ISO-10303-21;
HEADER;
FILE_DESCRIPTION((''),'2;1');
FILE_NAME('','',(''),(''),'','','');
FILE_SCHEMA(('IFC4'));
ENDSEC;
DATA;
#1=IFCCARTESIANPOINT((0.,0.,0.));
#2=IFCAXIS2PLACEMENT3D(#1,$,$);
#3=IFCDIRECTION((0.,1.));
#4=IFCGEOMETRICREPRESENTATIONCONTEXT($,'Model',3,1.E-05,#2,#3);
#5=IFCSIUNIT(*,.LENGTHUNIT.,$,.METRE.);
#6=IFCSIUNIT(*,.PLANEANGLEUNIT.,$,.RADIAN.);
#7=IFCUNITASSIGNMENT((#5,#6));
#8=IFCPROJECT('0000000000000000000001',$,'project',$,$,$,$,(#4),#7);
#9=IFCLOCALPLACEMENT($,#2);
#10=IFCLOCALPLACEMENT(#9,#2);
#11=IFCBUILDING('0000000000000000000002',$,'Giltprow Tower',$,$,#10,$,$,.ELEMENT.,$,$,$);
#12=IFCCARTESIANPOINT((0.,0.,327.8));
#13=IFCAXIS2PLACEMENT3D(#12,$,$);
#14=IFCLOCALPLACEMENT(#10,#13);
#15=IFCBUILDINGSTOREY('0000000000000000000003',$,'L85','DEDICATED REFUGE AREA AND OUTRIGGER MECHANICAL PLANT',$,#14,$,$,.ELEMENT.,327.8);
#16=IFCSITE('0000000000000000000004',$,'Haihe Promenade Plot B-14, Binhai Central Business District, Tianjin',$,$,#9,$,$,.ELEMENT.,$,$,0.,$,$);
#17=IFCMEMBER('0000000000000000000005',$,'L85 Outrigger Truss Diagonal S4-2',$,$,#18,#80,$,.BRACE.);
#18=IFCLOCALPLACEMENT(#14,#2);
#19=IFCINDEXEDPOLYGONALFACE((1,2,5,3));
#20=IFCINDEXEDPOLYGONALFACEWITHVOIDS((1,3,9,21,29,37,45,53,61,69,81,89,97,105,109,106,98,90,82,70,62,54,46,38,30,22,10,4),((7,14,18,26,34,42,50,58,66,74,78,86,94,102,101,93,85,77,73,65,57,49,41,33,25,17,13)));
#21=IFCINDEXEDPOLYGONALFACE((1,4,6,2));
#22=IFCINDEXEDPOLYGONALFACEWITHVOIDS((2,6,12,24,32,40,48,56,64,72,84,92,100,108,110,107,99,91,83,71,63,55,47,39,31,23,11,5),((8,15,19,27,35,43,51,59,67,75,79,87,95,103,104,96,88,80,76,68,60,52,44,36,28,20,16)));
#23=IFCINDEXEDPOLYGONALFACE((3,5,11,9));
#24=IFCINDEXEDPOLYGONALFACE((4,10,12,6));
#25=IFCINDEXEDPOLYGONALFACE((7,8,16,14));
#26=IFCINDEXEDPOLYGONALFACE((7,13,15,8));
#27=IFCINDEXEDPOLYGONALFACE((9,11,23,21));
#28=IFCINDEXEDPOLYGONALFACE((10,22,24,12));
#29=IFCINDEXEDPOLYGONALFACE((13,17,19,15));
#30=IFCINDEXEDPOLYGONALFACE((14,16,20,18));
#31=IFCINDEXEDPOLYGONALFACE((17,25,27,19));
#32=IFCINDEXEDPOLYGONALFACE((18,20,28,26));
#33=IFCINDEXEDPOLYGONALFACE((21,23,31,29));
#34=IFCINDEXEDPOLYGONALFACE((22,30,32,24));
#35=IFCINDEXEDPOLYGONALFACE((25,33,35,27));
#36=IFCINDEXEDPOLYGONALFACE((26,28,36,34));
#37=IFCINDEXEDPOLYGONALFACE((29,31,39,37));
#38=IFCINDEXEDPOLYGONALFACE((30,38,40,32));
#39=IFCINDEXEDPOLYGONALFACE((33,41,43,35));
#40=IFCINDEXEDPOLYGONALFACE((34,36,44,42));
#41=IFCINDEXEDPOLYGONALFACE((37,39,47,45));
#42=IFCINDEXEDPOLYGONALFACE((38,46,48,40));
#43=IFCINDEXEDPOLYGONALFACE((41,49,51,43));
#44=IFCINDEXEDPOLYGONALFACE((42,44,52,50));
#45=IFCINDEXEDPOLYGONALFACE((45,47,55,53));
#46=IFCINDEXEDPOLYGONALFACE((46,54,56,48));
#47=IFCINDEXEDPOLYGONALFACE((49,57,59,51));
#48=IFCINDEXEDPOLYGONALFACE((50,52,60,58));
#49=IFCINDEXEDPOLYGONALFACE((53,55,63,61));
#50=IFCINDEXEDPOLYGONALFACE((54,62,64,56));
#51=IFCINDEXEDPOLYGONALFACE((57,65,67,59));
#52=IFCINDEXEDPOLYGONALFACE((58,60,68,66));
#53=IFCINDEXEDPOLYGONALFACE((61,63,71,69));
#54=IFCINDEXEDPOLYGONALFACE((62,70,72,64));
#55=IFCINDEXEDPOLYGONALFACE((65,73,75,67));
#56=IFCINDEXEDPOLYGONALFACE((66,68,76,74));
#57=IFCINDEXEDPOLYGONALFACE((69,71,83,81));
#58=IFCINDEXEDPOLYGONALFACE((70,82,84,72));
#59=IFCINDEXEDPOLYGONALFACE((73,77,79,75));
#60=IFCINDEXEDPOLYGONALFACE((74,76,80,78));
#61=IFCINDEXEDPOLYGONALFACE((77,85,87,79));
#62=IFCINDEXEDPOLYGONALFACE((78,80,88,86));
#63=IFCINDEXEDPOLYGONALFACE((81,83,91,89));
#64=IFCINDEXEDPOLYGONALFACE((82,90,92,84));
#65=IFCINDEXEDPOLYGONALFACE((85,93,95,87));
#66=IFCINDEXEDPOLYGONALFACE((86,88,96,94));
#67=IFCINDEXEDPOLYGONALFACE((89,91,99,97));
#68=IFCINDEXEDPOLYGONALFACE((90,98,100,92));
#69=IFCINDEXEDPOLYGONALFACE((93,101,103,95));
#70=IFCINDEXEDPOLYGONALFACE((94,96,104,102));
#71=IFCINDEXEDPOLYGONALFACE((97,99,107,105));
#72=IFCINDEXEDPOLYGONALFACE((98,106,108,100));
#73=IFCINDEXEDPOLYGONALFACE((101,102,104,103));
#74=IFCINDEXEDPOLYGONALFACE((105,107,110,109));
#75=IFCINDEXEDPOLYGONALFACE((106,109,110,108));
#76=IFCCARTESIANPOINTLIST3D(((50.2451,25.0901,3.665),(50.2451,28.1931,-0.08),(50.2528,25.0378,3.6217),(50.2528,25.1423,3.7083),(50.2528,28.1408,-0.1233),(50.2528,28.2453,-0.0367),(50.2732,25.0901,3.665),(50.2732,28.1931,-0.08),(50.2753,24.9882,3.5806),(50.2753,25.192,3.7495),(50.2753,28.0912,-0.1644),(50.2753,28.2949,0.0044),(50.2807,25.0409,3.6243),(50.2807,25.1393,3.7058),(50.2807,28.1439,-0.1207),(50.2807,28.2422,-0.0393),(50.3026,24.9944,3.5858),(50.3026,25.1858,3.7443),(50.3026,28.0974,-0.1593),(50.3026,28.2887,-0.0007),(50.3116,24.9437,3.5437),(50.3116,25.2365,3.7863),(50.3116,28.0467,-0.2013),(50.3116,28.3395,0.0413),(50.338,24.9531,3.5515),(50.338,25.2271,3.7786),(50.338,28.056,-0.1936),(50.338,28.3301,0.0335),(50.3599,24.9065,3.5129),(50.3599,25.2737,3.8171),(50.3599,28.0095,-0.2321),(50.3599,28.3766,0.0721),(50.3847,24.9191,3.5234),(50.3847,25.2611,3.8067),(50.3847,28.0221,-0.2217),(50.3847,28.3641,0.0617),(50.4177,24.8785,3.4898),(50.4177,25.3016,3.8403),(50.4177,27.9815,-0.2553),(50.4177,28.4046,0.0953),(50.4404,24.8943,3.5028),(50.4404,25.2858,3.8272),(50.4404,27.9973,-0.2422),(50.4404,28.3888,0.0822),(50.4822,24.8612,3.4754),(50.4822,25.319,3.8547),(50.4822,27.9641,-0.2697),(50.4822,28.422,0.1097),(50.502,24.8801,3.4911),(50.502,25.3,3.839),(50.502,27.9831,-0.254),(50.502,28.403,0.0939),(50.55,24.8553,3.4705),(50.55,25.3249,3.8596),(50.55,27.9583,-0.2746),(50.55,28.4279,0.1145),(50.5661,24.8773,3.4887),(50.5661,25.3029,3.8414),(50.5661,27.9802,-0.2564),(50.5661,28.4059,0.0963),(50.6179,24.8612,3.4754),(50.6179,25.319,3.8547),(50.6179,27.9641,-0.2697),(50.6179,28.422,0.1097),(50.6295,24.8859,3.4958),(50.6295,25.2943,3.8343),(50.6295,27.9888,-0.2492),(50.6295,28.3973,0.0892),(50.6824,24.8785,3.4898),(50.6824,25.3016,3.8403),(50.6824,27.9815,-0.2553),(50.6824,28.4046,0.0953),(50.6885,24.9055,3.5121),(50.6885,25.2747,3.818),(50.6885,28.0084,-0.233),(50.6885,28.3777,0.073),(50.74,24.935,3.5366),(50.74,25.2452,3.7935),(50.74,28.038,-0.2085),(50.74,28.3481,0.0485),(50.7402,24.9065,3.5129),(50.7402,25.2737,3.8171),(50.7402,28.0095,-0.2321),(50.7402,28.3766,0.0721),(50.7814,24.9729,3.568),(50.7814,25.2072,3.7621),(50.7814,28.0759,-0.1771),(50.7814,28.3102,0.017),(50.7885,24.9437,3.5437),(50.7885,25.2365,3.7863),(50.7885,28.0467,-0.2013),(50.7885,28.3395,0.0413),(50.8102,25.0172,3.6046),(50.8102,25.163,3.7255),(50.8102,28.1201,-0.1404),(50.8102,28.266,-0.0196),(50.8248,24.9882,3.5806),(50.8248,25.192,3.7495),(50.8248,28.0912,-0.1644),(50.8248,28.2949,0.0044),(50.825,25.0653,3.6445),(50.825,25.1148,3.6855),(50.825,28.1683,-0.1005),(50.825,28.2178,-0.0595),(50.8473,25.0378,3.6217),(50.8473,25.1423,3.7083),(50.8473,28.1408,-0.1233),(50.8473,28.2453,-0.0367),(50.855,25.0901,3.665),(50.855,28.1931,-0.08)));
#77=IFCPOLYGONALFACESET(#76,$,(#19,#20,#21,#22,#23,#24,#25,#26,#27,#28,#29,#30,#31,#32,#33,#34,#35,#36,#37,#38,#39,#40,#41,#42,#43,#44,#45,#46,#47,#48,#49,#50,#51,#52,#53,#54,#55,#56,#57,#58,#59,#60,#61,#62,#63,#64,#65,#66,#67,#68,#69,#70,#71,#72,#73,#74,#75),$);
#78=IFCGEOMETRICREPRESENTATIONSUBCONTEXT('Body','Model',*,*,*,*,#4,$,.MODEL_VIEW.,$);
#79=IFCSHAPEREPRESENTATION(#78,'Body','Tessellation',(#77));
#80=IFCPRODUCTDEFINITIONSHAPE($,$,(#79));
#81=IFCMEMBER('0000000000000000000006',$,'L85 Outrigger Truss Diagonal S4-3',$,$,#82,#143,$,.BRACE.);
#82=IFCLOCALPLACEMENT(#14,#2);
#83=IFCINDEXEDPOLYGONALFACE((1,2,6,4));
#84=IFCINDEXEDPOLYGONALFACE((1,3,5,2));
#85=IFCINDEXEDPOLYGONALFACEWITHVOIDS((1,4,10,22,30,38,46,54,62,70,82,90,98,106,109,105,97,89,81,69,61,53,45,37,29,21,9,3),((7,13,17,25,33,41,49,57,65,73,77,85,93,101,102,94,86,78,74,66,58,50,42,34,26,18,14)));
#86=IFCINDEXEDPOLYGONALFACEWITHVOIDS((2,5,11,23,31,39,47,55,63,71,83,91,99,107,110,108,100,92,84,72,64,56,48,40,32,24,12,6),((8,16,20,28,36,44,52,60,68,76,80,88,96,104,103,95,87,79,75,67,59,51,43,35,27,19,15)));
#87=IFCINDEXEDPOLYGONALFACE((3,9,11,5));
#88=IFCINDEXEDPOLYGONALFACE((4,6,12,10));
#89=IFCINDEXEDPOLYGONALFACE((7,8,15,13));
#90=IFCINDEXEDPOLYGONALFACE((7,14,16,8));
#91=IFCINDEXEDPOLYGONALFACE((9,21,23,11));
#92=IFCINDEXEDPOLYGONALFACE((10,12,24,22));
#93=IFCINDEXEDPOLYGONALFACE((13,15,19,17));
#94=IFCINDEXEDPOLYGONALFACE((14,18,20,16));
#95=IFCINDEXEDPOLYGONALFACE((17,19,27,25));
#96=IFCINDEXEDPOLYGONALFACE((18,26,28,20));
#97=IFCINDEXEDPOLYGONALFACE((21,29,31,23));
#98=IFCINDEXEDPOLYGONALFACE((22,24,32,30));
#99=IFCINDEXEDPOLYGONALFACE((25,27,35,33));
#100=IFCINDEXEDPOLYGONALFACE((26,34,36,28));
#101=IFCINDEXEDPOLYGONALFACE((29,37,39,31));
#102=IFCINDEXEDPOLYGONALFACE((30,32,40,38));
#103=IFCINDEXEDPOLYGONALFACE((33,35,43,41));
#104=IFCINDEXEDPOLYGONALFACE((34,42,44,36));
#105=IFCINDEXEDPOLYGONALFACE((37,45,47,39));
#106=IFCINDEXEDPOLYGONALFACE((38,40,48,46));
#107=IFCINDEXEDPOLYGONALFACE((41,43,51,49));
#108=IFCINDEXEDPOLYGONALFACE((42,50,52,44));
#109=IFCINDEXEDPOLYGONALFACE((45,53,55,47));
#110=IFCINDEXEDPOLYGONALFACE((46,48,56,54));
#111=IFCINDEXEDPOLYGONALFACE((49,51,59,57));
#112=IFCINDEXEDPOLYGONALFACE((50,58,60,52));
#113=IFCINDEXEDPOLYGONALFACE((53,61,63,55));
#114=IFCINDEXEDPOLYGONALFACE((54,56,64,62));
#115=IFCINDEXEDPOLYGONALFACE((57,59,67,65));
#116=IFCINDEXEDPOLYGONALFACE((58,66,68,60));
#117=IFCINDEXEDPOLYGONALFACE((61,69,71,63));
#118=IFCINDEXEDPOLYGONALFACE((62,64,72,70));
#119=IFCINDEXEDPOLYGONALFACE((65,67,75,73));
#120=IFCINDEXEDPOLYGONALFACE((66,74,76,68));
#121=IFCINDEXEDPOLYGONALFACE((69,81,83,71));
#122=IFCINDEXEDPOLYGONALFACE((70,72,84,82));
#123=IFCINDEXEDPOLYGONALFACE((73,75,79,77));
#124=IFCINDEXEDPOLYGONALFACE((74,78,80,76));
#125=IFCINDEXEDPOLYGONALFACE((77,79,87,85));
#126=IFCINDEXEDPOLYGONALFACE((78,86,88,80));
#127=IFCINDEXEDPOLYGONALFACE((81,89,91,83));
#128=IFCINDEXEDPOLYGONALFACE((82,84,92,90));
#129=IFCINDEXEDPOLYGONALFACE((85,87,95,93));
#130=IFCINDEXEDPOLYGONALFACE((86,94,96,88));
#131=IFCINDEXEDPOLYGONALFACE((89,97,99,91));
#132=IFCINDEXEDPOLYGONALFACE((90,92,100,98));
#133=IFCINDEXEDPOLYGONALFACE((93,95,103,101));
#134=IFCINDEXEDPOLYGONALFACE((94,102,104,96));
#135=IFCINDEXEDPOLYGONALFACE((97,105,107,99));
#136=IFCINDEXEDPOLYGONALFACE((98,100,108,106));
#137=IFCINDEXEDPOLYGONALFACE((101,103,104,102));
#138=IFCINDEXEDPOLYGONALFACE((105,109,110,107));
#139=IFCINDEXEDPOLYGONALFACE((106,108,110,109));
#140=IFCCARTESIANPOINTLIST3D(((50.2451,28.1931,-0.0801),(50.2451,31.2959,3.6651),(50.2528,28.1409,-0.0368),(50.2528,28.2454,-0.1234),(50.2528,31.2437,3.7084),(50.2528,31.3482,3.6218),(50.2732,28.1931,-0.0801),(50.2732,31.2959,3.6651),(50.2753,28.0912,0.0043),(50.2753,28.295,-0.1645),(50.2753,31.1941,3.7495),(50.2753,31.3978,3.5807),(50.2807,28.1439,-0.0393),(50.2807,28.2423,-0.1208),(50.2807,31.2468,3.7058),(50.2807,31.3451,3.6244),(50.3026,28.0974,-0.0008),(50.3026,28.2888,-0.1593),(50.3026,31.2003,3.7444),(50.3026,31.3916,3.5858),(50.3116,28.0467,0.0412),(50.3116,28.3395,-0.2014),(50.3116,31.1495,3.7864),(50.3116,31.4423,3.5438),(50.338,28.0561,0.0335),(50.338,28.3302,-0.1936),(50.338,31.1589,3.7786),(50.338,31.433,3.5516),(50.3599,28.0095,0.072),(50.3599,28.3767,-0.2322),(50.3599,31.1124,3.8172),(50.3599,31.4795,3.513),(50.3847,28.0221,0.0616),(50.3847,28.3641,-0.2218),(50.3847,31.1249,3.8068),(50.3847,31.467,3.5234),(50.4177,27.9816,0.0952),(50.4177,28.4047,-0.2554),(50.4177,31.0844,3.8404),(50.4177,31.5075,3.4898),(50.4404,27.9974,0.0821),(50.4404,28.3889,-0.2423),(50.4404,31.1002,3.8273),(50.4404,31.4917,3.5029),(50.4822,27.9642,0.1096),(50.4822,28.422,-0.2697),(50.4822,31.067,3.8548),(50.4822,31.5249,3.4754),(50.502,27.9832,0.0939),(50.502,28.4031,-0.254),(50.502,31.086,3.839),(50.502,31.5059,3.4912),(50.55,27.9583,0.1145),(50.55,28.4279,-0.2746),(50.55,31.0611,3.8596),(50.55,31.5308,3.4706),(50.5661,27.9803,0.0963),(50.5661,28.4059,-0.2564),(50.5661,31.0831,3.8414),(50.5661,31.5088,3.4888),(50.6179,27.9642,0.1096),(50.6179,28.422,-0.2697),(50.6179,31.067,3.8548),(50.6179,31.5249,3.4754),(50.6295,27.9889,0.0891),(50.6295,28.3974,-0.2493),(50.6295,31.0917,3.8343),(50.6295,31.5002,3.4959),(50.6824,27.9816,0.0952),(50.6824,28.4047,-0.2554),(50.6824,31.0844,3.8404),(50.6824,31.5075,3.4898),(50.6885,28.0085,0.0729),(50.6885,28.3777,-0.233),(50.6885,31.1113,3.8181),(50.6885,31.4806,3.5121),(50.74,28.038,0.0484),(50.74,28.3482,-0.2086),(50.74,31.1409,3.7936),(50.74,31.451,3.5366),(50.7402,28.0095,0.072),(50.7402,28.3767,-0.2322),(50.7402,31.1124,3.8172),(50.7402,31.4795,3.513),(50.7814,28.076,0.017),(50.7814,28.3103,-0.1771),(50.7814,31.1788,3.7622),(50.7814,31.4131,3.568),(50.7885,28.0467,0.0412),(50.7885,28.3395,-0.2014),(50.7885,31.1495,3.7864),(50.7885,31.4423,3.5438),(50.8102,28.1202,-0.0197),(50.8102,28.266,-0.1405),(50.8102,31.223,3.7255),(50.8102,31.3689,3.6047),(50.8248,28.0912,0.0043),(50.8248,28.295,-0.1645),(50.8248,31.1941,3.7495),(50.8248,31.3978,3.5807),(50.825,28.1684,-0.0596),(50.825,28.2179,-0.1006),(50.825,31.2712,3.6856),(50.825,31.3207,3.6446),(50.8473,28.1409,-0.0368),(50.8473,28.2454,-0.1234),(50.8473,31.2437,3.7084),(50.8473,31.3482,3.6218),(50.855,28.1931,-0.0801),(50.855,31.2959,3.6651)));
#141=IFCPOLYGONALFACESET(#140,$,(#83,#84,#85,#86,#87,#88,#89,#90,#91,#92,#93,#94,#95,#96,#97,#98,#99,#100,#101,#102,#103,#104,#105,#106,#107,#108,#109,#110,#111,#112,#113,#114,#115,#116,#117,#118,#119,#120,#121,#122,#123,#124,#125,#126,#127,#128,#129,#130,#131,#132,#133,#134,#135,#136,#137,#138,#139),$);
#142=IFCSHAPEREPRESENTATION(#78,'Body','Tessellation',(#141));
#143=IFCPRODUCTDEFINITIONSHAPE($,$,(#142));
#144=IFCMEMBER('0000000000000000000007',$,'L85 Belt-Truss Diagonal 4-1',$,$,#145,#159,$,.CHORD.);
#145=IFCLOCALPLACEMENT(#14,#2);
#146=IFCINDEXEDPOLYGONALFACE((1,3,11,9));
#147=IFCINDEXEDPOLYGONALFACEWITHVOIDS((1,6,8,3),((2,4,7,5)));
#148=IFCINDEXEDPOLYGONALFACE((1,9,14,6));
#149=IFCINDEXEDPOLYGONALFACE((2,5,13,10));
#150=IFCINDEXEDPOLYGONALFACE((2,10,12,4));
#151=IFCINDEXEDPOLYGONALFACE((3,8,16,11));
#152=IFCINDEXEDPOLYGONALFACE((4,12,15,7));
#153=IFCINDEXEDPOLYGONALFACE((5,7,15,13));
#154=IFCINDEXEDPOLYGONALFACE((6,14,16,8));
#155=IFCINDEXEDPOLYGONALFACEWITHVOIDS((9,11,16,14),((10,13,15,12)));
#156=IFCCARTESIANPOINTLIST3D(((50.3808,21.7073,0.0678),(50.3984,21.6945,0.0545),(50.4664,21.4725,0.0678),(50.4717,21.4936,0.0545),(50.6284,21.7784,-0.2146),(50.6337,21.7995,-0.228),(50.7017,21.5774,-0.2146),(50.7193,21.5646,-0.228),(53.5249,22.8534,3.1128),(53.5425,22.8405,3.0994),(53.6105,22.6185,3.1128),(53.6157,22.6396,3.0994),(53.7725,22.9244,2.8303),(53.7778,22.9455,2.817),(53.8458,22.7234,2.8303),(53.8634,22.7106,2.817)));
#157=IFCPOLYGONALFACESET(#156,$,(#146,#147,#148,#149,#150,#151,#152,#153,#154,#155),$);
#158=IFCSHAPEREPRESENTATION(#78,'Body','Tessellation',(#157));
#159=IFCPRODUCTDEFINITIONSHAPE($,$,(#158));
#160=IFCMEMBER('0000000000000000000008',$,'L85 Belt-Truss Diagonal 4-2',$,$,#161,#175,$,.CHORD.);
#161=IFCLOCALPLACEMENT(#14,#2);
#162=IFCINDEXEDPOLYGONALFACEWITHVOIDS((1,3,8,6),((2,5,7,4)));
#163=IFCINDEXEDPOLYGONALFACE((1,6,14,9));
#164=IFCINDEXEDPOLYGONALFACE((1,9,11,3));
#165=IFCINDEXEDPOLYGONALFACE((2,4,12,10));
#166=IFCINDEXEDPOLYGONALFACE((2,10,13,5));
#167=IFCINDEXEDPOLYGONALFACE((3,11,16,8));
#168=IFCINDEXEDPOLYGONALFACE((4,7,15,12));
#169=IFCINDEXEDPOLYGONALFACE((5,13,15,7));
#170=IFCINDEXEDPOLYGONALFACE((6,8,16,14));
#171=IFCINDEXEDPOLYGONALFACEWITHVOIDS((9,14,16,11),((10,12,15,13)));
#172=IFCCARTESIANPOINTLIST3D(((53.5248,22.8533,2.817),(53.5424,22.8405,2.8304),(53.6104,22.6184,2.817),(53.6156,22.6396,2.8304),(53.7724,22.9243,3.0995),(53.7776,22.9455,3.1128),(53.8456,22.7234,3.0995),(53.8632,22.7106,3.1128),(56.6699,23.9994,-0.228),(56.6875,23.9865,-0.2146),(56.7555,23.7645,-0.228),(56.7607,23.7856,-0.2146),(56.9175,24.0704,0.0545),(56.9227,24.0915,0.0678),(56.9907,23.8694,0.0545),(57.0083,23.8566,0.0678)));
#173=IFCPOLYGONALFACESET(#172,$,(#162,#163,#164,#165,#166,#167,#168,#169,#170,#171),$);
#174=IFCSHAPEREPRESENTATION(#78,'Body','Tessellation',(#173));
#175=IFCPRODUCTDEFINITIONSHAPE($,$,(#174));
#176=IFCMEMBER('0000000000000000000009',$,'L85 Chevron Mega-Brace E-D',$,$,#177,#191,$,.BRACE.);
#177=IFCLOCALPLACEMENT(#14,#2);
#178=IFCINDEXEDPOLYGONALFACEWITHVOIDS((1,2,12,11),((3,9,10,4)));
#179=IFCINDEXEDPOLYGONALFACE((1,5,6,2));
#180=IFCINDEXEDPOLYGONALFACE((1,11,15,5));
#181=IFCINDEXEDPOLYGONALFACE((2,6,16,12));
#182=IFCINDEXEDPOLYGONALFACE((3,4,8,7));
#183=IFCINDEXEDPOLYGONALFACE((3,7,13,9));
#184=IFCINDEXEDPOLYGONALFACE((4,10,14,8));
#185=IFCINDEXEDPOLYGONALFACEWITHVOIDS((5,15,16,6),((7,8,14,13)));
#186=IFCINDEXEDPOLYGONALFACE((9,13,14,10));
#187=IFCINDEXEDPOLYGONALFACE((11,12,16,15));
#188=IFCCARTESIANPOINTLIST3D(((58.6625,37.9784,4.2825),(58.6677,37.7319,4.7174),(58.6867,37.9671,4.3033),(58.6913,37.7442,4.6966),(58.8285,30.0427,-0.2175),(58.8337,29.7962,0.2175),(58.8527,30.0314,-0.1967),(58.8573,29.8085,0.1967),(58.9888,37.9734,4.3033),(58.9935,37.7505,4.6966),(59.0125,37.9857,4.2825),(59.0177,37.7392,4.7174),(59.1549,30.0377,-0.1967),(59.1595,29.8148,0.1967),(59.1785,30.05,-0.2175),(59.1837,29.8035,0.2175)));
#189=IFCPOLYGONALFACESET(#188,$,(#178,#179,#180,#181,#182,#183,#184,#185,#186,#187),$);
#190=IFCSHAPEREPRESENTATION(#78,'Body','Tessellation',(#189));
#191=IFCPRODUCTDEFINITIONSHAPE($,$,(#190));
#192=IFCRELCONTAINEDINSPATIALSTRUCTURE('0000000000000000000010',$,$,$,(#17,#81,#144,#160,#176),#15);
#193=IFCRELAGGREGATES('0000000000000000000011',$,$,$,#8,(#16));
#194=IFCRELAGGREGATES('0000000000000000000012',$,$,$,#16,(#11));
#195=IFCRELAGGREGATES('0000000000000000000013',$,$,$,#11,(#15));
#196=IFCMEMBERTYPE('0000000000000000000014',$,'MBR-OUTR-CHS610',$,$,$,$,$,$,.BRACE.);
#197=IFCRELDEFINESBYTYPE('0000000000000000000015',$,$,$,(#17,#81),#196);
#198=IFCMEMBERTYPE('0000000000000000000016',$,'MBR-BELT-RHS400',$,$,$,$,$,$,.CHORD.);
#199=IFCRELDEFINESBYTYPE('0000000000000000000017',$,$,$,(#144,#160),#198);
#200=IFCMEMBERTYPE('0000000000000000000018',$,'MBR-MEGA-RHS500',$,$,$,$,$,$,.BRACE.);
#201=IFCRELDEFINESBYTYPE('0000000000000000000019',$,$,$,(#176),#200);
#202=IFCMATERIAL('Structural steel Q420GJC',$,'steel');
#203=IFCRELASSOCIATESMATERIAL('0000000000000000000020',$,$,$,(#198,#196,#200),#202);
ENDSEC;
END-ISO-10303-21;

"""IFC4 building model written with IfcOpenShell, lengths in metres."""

from ifc_helpers import new_model, si_unit, direction, frame, origin, origin_2d, place, context, subcontext, project, spatial, hollow_rectangle, hollow_circle, extrude, source, transform, mapped, material, material_profile, profile_set, type_object, element, save


model = new_model("IFC4")

# Units and contexts
model_context = context("Model", 3, precision=1e-05, world=origin(), true_north=direction((0.0, 1.0)))
body_context = subcontext(model_context, "Body", "Model", "MODEL_VIEW")
ifc_project = project(units=[si_unit("LENGTHUNIT", "METRE"), si_unit("PLANEANGLEUNIT", "RADIAN")], contexts=[model_context])

# Site, building, storey
site_placement = place(None, origin())
site = spatial("IfcSite", under=ifc_project, at=site_placement, Name="Haihe Promenade Plot B-14, Binhai Central Business District, Tianjin", CompositionType="ELEMENT", RefElevation=0.0)
building_placement = place(site_placement, origin())
building = spatial("IfcBuilding", under=site, at=building_placement, Name="Giltprow Tower", CompositionType="ELEMENT")
storey_placement = place(building_placement, frame((0.0, 0.0, 327.8)))
storey = spatial("IfcBuildingStorey", under=building, at=storey_placement, Name="L85", Description="DEDICATED REFUGE AREA AND OUTRIGGER MECHANICAL PLANT", CompositionType="ELEMENT", Elevation=327.8)

# Shared definitions
ifc_material_1 = material(Name="Structural steel Q420GJC", Category="steel")

# Shared definitions
ifc_material_profile_1 = material_profile(ifc_material_1, hollow_rectangle(XDim=0.25, YDim=0.3999, WallThickness=0.0181, at=origin_2d()), Name="RHS 400x250x18")
ifc_profile_set_1 = profile_set([ifc_material_profile_1], Name="Structural steel Q420GJC")
member_type_1 = type_object("IfcMemberType", Name="MBR-BELT-RHS400", PredefinedType="CHORD", material=ifc_profile_set_1)

# Members
ifc_material_profile_2 = material_profile(ifc_material_1, hollow_circle(Radius=0.3049, WallThickness=0.0281, at=origin_2d()), Name="CHS 610x28")
ifc_profile_set_2 = profile_set([ifc_material_profile_2], Name="Structural steel Q420GJC")
member_type_2 = type_object("IfcMemberType", Name="MBR-OUTR-CHS610", PredefinedType="BRACE", material=ifc_profile_set_2)
shared_shape_1 = source(origin(), body_context, "Body", "SweptSolid", [
    extrude(hollow_circle(Radius=0.3049, WallThickness=0.0281, at=origin_2d()), origin(), (0.0, 0.0, 1.0), 4.8635),
])
for number, where, z_axis, x_axis, name in (
    (1, (50.55, 25.0901, 3.665), (0.0, 0.638009, -0.770029), (-1.0, 0.0, 0.0), "L85 Outrigger Truss Diagonal S4-2"),
    (2, (50.55, 28.1931, -0.0801), (0.0, 0.63798, 0.770053), (-1.0, 0.0, 0.0), "L85 Outrigger Truss Diagonal S4-3"),
):
    element("IfcMember", number, at=place(storey_placement, frame(where, z_axis=z_axis, x_axis=x_axis)), inside=storey, type_object=member_type_2, Name=name, PredefinedType="BRACE", context=body_context, shape_type="MappedRepresentation", body=[
        mapped(shared_shape_1, transform((0.0, 0.0, 0.0), x_axis=(1.0, 0.0, 0.0), y_axis=(0.0, 1.0, 0.0), z_axis=(0.0, 0.0, 1.0), scale=1.0)),
    ])
shared_shape_2 = source(origin(), body_context, "Body", "SweptSolid", [
    extrude(hollow_rectangle(XDim=0.25, YDim=0.3999, WallThickness=0.0181, at=origin_2d()), origin(), (0.0, 0.0, 1.0), 4.5244),
])
member_1_placement = place(storey_placement, frame((50.55, 21.636, -0.0801), z_axis=(0.694914, 0.253294, 0.673006), x_axis=(-0.342458, 0.939533, 0.0)))
element("IfcMember", 3, at=member_1_placement, inside=storey, type_object=member_type_1, Name="L85 Belt-Truss Diagonal 4-1", PredefinedType="CHORD", context=body_context, shape_type="MappedRepresentation", body=[
    mapped(shared_shape_2, transform((0.0, 0.0, 0.0), x_axis=(1.0, 0.0, 0.0), y_axis=(0.0, 1.0, 0.0), z_axis=(0.0, 0.0, 1.0), scale=1.0)),
])
shared_shape_3 = source(origin(), body_context, "Body", "SweptSolid", [
    extrude(hollow_rectangle(XDim=0.25, YDim=0.3999, WallThickness=0.0181, at=origin_2d()), origin(), (0.0, 0.0, 1.0), 4.5251),
])
member_2_placement = place(storey_placement, frame((56.8391, 23.928, -0.0801), z_axis=(-0.695026, -0.253256, 0.672905), x_axis=(0.342364, -0.939567, 0.0)))
element("IfcMember", 4, at=member_2_placement, inside=storey, type_object=member_type_1, Name="L85 Belt-Truss Diagonal 4-2", PredefinedType="CHORD", context=body_context, shape_type="MappedRepresentation", body=[
    mapped(shared_shape_3, transform((0.0, 0.0, 0.0), x_axis=(1.0, 0.0, 0.0), y_axis=(0.0, 1.0, 0.0), z_axis=(0.0, 0.0, 1.0), scale=1.0)),
])
ifc_material_profile_3 = material_profile(ifc_material_1, hollow_rectangle(XDim=0.3501, YDim=0.5, WallThickness=0.0239, at=origin_2d()), Name="RHS 500x350x24")
ifc_profile_set_3 = profile_set([ifc_material_profile_3], Name="Structural steel Q420GJC")
member_type_3 = type_object("IfcMemberType", Name="MBR-MEGA-RHS500", PredefinedType="BRACE", material=ifc_profile_set_3)
shared_shape_4 = source(origin(), body_context, "Body", "SweptSolid", [
    extrude(hollow_rectangle(XDim=0.3501, YDim=0.5, WallThickness=0.0239, at=origin_2d()), origin(), (0.0, 0.0, 1.0), 9.1243),
])
member_3_placement = place(storey_placement, frame((59.0061, 29.9231, 0.0), z_axis=(-0.018195, 0.869735, 0.493184), x_axis=(-0.999781, -0.020915, 0.0)))
element("IfcMember", 5, at=member_3_placement, inside=storey, type_object=member_type_3, Name="L85 Chevron Mega-Brace E-D", PredefinedType="BRACE", context=body_context, shape_type="MappedRepresentation", body=[
    mapped(shared_shape_4, transform((0.0, 0.0, 0.0), x_axis=(1.0, 0.0, 0.0), y_axis=(0.0, 1.0, 0.0), z_axis=(0.0, 0.0, 1.0), scale=1.0)),
])

save(model, "model.ifc")
